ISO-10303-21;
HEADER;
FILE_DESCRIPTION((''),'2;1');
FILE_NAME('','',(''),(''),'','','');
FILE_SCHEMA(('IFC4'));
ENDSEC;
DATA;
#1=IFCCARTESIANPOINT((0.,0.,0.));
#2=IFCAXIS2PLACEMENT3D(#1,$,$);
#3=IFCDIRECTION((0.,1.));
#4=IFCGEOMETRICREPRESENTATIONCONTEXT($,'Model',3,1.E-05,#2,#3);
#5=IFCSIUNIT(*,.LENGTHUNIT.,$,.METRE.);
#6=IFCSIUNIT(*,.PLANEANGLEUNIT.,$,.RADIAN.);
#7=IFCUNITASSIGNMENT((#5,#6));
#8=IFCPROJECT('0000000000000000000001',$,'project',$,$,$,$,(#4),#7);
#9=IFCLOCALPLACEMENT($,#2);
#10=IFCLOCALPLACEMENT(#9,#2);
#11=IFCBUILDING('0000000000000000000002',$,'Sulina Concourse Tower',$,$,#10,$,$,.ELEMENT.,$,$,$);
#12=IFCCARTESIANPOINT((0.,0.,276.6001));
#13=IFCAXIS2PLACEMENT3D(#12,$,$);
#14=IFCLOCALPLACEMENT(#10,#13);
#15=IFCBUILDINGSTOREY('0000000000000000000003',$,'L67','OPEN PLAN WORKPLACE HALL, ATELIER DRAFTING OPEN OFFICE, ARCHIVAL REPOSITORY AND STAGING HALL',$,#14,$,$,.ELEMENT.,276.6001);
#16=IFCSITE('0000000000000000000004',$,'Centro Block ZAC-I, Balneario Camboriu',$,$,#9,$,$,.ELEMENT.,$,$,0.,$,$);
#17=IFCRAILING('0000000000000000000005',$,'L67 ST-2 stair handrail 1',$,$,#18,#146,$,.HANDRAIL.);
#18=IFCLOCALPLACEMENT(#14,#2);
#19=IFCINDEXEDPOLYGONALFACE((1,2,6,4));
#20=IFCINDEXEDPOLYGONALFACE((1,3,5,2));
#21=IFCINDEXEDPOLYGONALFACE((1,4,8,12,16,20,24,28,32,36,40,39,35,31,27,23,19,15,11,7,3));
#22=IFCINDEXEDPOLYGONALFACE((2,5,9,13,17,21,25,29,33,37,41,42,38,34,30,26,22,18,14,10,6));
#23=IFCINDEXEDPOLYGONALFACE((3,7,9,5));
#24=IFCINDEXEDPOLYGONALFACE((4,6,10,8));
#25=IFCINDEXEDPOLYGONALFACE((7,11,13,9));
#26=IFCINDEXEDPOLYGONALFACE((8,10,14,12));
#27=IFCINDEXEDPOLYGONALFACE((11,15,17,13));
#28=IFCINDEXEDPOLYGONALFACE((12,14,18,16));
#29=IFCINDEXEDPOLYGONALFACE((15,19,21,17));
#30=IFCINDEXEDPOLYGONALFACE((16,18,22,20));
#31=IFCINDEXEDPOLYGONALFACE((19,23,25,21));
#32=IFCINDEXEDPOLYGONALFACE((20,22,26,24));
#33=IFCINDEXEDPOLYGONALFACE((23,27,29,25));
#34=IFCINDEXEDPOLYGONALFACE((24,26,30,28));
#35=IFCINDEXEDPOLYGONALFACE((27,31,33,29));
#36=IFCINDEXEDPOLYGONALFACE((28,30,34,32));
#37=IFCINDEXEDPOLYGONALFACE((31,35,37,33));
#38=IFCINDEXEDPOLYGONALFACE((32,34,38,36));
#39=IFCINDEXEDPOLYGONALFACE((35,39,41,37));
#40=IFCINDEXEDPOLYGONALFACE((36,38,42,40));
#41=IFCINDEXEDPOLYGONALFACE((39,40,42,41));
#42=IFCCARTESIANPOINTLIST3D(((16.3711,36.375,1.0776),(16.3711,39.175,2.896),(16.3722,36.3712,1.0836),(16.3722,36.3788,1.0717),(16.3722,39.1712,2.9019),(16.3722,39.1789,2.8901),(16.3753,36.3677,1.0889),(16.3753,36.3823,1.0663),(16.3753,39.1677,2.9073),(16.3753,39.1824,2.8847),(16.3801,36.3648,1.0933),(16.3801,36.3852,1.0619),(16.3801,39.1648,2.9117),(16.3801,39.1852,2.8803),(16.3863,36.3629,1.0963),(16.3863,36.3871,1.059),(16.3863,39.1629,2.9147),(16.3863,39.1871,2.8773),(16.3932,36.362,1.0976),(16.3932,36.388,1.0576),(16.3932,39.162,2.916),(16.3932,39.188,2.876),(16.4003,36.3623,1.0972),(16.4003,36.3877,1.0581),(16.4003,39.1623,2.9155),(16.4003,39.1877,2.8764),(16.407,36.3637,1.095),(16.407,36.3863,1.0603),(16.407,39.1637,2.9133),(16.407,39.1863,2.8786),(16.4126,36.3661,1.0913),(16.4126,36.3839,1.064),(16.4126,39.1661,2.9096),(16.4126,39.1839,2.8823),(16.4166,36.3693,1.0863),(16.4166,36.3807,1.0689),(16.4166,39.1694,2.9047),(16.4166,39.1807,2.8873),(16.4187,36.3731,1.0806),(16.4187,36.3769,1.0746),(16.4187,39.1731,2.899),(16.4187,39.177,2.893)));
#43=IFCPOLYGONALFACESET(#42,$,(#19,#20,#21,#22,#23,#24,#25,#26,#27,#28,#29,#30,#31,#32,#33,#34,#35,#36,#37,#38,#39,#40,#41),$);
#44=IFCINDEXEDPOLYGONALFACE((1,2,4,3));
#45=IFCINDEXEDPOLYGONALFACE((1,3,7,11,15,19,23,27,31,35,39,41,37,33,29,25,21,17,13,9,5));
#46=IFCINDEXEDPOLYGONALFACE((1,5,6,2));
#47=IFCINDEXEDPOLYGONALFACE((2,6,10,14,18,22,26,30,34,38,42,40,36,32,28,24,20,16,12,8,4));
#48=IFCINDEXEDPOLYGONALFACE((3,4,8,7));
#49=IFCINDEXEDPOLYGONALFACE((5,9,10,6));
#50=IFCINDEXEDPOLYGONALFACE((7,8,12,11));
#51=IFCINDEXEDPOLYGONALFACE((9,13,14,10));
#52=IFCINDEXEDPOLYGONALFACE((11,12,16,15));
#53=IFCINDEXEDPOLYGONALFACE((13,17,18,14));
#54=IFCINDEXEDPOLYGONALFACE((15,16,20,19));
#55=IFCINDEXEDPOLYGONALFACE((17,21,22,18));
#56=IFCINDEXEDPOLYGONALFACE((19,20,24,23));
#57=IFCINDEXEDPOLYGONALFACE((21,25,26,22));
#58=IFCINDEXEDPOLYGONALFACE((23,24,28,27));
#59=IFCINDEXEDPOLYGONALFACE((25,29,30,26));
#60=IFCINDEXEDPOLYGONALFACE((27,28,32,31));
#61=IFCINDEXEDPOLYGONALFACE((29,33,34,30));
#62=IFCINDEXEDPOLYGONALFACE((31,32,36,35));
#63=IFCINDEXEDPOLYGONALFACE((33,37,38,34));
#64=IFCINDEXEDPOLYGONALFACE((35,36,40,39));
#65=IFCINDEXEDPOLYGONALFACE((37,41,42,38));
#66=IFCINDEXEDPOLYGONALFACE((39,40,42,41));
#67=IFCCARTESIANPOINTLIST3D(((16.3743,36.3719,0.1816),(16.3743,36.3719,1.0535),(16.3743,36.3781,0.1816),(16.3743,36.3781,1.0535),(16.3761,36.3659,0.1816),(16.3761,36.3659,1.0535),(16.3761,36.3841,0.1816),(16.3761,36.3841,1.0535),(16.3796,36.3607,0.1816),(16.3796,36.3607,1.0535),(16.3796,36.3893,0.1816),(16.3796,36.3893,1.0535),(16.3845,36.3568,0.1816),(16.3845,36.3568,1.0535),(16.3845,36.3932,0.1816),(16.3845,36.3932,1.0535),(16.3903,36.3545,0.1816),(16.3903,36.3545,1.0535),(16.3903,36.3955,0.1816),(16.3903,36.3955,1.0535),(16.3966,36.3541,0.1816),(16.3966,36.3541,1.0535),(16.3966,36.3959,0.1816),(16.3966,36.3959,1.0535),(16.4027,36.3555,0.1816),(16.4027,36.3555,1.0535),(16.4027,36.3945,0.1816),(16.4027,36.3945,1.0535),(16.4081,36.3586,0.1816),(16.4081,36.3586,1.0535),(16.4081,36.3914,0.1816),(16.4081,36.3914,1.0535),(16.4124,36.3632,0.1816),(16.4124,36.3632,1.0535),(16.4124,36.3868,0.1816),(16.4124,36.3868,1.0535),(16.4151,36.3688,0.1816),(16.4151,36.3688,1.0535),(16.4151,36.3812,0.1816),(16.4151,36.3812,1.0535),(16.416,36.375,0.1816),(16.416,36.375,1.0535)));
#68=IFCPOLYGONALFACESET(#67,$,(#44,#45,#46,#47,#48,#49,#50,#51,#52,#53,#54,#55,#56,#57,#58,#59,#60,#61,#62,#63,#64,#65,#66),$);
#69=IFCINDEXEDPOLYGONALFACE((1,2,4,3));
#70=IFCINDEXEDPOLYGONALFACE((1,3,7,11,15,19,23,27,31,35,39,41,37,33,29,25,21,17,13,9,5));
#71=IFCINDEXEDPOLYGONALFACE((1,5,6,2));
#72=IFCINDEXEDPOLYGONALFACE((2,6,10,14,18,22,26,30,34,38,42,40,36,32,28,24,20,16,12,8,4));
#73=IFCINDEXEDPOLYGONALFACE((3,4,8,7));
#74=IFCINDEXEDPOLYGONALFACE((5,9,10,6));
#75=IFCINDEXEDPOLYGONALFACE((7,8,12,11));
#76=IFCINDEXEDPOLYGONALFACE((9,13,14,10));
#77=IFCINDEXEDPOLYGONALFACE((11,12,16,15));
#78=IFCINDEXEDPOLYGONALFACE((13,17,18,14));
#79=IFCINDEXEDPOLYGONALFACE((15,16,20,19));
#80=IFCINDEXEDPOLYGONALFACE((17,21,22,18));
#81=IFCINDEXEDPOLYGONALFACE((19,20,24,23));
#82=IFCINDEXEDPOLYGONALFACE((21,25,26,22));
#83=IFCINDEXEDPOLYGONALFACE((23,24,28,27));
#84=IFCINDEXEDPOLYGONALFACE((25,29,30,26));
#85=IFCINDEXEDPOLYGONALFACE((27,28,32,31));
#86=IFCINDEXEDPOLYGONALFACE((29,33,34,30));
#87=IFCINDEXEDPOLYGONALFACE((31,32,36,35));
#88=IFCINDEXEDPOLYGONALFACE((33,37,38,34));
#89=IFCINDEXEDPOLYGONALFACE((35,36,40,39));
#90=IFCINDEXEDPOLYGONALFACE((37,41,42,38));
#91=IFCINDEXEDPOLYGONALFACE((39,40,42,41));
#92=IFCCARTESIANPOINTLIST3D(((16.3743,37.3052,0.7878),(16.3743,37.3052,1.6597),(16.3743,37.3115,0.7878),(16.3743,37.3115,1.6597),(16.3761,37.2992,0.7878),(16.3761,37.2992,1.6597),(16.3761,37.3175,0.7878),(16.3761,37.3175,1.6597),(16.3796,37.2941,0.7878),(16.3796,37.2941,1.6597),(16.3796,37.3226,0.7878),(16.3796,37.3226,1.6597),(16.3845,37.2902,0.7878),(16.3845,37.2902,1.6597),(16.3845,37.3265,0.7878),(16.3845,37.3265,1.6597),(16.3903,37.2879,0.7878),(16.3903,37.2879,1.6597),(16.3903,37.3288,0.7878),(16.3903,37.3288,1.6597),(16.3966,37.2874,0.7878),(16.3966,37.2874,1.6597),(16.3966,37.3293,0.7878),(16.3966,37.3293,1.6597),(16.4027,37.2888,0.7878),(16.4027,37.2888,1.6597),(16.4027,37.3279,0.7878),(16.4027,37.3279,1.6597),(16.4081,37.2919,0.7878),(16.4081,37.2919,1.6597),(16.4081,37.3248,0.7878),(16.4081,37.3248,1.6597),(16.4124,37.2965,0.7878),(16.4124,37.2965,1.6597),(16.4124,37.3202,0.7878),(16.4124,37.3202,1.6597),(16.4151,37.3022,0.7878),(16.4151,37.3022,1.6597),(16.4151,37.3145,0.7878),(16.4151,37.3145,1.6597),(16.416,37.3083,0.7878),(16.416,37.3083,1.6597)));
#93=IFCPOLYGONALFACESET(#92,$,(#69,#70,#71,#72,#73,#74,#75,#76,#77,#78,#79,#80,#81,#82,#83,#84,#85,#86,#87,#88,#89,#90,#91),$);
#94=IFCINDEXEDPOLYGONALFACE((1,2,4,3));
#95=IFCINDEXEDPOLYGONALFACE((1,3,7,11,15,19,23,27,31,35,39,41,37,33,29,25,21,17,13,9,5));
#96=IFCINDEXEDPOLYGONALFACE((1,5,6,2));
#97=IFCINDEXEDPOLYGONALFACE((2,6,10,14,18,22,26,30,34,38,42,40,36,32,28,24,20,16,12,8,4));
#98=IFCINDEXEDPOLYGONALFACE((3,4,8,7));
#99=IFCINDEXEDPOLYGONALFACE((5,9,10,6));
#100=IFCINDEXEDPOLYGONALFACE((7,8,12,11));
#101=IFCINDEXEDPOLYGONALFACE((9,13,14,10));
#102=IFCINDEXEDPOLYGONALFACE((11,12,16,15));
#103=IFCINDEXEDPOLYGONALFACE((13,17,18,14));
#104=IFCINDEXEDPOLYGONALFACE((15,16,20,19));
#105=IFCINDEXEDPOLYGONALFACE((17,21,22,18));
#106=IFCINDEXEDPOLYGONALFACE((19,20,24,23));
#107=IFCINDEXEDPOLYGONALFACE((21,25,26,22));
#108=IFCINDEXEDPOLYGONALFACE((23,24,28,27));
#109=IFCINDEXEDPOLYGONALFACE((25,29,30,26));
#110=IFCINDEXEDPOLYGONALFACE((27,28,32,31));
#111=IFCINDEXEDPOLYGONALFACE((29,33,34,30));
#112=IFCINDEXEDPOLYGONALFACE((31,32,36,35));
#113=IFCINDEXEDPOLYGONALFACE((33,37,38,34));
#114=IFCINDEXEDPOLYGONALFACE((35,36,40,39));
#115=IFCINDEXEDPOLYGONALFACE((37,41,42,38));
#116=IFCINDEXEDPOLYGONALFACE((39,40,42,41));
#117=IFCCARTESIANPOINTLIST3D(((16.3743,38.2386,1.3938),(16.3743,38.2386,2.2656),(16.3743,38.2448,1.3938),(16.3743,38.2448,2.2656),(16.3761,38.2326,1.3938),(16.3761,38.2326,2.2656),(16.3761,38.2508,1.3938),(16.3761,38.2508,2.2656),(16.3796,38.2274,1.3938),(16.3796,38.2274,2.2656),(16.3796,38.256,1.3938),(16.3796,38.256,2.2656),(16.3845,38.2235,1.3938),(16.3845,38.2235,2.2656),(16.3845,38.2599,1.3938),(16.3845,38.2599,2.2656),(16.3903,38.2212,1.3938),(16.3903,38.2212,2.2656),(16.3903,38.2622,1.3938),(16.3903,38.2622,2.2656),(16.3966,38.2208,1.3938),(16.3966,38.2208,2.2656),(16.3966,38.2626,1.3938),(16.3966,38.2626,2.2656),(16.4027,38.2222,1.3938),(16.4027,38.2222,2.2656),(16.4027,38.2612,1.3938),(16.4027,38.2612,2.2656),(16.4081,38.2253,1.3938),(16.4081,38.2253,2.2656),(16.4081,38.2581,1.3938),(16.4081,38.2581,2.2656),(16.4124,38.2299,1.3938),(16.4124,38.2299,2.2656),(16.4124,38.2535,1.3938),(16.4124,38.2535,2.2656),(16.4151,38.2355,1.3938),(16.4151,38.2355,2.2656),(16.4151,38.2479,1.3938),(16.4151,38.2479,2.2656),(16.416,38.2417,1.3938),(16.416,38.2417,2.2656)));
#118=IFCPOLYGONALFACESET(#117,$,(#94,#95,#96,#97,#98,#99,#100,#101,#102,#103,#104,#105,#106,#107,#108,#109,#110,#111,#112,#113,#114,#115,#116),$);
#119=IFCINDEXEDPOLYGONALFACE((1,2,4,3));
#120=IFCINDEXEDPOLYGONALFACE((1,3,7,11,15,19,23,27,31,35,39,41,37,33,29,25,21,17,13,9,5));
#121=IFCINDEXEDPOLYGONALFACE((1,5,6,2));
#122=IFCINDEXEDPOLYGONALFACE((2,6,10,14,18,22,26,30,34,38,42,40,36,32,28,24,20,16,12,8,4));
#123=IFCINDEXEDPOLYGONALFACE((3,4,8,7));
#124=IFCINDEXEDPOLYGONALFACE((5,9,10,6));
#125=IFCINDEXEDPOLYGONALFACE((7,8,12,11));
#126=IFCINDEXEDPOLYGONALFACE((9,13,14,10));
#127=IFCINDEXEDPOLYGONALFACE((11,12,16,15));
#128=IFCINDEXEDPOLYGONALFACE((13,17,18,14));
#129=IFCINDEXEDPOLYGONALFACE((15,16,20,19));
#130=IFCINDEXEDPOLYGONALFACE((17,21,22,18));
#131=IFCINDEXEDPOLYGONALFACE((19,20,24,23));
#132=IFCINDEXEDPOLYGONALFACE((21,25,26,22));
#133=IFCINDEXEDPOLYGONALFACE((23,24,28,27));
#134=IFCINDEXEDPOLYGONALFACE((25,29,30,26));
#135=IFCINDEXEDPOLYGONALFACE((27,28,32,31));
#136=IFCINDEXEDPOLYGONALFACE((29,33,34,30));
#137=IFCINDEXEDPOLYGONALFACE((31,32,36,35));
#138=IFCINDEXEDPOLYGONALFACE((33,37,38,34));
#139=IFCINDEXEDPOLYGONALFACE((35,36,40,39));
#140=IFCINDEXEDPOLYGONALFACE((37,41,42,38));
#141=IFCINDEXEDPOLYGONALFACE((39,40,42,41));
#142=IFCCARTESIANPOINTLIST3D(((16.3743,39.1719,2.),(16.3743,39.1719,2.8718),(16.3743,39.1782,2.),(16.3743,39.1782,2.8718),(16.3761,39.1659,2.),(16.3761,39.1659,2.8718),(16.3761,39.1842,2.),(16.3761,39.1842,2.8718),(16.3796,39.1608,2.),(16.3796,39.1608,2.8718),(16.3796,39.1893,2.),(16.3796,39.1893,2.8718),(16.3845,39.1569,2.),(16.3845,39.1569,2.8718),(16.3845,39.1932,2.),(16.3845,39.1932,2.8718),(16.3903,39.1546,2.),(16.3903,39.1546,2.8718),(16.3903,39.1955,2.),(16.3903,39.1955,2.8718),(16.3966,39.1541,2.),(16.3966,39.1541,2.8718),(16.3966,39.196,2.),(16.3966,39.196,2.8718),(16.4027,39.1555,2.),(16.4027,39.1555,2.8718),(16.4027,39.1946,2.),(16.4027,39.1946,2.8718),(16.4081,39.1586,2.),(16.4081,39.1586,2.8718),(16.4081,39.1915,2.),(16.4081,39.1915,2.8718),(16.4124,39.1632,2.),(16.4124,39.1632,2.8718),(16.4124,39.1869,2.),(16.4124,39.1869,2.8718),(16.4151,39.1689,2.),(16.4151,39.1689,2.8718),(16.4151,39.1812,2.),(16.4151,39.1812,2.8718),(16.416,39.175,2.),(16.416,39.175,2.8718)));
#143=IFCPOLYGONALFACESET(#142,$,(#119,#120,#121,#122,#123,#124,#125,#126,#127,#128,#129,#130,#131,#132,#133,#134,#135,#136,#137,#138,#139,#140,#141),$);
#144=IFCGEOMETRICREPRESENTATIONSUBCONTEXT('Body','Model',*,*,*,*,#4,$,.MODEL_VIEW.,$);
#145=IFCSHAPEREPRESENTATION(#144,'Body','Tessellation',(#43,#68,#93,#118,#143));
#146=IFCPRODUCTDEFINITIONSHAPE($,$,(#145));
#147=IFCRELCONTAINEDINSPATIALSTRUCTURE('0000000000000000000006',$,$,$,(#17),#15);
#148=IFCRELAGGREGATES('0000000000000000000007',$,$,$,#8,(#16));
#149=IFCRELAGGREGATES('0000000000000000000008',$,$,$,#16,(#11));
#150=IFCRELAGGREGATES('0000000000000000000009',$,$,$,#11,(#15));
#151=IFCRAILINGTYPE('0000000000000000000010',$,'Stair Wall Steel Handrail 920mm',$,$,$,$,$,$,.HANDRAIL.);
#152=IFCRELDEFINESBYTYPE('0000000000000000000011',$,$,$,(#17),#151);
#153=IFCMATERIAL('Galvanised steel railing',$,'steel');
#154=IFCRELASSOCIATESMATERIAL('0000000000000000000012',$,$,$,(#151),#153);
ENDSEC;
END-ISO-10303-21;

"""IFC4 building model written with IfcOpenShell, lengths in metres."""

from ifc_helpers import new_model, si_unit, direction, frame, origin, origin_2d, place, context, subcontext, project, spatial, circle, extrude, material, type_object, element, save


model = new_model("IFC4")

# Units and contexts
model_context = context("Model", 3, precision=1e-05, world=origin(), true_north=direction((0.0, 1.0)))
body_context = subcontext(model_context, "Body", "Model", "MODEL_VIEW")
ifc_project = project(units=[si_unit("LENGTHUNIT", "METRE"), si_unit("PLANEANGLEUNIT", "RADIAN")], contexts=[model_context])

# Site, building, storey
site_placement = place(None, origin())
site = spatial("IfcSite", under=ifc_project, at=site_placement, Name="Centro Block ZAC-I, Balneario Camboriu", CompositionType="ELEMENT", RefElevation=0.0)
building_placement = place(site_placement, origin())
building = spatial("IfcBuilding", under=site, at=building_placement, Name="Sulina Concourse Tower", CompositionType="ELEMENT")
storey_placement = place(building_placement, frame((0.0, 0.0, 276.6001)))
storey = spatial("IfcBuildingStorey", under=building, at=storey_placement, Name="L67", Description="OPEN PLAN WORKPLACE HALL, ATELIER DRAFTING OPEN OFFICE, ARCHIVAL REPOSITORY AND STAGING HALL", CompositionType="ELEMENT", Elevation=276.6001)

# Railing
ifc_material_1 = material(Name="Galvanised steel railing", Category="steel")
railing_type_1 = type_object("IfcRailingType", Name="Stair Wall Steel Handrail 920mm", PredefinedType="HANDRAIL", material=ifc_material_1)
railing_1_placement = place(storey_placement, frame((16.395, 36.375, 0.1816)))
element("IfcRailing", 1, at=railing_1_placement, inside=storey, type_object=railing_type_1, Name="L67 ST-2 stair handrail 1", PredefinedType="HANDRAIL", context=body_context, shape_type="SweptSolid", body=[
    extrude(circle(Radius=0.0239, at=origin_2d()), frame((0.0, 0.0, 0.896), z_axis=(0.0, 0.838672, 0.544636), x_axis=(-1.0, 0.0, 0.0)), (0.0, 0.0, 1.0), 3.3386),
    extrude(circle(Radius=0.021, at=origin_2d()), origin(), (0.0, 0.0, 1.0), 0.8718),
    extrude(circle(Radius=0.021, at=origin_2d()), frame((0.0, 0.9333, 0.6062)), (0.0, 0.0, 1.0), 0.8718),
    extrude(circle(Radius=0.021, at=origin_2d()), frame((0.0, 1.8667, 1.2122)), (0.0, 0.0, 1.0), 0.8718),
    extrude(circle(Radius=0.021, at=origin_2d()), frame((0.0, 2.8, 1.8184)), (0.0, 0.0, 1.0), 0.8718),
])

save(model, "model.ifc")
